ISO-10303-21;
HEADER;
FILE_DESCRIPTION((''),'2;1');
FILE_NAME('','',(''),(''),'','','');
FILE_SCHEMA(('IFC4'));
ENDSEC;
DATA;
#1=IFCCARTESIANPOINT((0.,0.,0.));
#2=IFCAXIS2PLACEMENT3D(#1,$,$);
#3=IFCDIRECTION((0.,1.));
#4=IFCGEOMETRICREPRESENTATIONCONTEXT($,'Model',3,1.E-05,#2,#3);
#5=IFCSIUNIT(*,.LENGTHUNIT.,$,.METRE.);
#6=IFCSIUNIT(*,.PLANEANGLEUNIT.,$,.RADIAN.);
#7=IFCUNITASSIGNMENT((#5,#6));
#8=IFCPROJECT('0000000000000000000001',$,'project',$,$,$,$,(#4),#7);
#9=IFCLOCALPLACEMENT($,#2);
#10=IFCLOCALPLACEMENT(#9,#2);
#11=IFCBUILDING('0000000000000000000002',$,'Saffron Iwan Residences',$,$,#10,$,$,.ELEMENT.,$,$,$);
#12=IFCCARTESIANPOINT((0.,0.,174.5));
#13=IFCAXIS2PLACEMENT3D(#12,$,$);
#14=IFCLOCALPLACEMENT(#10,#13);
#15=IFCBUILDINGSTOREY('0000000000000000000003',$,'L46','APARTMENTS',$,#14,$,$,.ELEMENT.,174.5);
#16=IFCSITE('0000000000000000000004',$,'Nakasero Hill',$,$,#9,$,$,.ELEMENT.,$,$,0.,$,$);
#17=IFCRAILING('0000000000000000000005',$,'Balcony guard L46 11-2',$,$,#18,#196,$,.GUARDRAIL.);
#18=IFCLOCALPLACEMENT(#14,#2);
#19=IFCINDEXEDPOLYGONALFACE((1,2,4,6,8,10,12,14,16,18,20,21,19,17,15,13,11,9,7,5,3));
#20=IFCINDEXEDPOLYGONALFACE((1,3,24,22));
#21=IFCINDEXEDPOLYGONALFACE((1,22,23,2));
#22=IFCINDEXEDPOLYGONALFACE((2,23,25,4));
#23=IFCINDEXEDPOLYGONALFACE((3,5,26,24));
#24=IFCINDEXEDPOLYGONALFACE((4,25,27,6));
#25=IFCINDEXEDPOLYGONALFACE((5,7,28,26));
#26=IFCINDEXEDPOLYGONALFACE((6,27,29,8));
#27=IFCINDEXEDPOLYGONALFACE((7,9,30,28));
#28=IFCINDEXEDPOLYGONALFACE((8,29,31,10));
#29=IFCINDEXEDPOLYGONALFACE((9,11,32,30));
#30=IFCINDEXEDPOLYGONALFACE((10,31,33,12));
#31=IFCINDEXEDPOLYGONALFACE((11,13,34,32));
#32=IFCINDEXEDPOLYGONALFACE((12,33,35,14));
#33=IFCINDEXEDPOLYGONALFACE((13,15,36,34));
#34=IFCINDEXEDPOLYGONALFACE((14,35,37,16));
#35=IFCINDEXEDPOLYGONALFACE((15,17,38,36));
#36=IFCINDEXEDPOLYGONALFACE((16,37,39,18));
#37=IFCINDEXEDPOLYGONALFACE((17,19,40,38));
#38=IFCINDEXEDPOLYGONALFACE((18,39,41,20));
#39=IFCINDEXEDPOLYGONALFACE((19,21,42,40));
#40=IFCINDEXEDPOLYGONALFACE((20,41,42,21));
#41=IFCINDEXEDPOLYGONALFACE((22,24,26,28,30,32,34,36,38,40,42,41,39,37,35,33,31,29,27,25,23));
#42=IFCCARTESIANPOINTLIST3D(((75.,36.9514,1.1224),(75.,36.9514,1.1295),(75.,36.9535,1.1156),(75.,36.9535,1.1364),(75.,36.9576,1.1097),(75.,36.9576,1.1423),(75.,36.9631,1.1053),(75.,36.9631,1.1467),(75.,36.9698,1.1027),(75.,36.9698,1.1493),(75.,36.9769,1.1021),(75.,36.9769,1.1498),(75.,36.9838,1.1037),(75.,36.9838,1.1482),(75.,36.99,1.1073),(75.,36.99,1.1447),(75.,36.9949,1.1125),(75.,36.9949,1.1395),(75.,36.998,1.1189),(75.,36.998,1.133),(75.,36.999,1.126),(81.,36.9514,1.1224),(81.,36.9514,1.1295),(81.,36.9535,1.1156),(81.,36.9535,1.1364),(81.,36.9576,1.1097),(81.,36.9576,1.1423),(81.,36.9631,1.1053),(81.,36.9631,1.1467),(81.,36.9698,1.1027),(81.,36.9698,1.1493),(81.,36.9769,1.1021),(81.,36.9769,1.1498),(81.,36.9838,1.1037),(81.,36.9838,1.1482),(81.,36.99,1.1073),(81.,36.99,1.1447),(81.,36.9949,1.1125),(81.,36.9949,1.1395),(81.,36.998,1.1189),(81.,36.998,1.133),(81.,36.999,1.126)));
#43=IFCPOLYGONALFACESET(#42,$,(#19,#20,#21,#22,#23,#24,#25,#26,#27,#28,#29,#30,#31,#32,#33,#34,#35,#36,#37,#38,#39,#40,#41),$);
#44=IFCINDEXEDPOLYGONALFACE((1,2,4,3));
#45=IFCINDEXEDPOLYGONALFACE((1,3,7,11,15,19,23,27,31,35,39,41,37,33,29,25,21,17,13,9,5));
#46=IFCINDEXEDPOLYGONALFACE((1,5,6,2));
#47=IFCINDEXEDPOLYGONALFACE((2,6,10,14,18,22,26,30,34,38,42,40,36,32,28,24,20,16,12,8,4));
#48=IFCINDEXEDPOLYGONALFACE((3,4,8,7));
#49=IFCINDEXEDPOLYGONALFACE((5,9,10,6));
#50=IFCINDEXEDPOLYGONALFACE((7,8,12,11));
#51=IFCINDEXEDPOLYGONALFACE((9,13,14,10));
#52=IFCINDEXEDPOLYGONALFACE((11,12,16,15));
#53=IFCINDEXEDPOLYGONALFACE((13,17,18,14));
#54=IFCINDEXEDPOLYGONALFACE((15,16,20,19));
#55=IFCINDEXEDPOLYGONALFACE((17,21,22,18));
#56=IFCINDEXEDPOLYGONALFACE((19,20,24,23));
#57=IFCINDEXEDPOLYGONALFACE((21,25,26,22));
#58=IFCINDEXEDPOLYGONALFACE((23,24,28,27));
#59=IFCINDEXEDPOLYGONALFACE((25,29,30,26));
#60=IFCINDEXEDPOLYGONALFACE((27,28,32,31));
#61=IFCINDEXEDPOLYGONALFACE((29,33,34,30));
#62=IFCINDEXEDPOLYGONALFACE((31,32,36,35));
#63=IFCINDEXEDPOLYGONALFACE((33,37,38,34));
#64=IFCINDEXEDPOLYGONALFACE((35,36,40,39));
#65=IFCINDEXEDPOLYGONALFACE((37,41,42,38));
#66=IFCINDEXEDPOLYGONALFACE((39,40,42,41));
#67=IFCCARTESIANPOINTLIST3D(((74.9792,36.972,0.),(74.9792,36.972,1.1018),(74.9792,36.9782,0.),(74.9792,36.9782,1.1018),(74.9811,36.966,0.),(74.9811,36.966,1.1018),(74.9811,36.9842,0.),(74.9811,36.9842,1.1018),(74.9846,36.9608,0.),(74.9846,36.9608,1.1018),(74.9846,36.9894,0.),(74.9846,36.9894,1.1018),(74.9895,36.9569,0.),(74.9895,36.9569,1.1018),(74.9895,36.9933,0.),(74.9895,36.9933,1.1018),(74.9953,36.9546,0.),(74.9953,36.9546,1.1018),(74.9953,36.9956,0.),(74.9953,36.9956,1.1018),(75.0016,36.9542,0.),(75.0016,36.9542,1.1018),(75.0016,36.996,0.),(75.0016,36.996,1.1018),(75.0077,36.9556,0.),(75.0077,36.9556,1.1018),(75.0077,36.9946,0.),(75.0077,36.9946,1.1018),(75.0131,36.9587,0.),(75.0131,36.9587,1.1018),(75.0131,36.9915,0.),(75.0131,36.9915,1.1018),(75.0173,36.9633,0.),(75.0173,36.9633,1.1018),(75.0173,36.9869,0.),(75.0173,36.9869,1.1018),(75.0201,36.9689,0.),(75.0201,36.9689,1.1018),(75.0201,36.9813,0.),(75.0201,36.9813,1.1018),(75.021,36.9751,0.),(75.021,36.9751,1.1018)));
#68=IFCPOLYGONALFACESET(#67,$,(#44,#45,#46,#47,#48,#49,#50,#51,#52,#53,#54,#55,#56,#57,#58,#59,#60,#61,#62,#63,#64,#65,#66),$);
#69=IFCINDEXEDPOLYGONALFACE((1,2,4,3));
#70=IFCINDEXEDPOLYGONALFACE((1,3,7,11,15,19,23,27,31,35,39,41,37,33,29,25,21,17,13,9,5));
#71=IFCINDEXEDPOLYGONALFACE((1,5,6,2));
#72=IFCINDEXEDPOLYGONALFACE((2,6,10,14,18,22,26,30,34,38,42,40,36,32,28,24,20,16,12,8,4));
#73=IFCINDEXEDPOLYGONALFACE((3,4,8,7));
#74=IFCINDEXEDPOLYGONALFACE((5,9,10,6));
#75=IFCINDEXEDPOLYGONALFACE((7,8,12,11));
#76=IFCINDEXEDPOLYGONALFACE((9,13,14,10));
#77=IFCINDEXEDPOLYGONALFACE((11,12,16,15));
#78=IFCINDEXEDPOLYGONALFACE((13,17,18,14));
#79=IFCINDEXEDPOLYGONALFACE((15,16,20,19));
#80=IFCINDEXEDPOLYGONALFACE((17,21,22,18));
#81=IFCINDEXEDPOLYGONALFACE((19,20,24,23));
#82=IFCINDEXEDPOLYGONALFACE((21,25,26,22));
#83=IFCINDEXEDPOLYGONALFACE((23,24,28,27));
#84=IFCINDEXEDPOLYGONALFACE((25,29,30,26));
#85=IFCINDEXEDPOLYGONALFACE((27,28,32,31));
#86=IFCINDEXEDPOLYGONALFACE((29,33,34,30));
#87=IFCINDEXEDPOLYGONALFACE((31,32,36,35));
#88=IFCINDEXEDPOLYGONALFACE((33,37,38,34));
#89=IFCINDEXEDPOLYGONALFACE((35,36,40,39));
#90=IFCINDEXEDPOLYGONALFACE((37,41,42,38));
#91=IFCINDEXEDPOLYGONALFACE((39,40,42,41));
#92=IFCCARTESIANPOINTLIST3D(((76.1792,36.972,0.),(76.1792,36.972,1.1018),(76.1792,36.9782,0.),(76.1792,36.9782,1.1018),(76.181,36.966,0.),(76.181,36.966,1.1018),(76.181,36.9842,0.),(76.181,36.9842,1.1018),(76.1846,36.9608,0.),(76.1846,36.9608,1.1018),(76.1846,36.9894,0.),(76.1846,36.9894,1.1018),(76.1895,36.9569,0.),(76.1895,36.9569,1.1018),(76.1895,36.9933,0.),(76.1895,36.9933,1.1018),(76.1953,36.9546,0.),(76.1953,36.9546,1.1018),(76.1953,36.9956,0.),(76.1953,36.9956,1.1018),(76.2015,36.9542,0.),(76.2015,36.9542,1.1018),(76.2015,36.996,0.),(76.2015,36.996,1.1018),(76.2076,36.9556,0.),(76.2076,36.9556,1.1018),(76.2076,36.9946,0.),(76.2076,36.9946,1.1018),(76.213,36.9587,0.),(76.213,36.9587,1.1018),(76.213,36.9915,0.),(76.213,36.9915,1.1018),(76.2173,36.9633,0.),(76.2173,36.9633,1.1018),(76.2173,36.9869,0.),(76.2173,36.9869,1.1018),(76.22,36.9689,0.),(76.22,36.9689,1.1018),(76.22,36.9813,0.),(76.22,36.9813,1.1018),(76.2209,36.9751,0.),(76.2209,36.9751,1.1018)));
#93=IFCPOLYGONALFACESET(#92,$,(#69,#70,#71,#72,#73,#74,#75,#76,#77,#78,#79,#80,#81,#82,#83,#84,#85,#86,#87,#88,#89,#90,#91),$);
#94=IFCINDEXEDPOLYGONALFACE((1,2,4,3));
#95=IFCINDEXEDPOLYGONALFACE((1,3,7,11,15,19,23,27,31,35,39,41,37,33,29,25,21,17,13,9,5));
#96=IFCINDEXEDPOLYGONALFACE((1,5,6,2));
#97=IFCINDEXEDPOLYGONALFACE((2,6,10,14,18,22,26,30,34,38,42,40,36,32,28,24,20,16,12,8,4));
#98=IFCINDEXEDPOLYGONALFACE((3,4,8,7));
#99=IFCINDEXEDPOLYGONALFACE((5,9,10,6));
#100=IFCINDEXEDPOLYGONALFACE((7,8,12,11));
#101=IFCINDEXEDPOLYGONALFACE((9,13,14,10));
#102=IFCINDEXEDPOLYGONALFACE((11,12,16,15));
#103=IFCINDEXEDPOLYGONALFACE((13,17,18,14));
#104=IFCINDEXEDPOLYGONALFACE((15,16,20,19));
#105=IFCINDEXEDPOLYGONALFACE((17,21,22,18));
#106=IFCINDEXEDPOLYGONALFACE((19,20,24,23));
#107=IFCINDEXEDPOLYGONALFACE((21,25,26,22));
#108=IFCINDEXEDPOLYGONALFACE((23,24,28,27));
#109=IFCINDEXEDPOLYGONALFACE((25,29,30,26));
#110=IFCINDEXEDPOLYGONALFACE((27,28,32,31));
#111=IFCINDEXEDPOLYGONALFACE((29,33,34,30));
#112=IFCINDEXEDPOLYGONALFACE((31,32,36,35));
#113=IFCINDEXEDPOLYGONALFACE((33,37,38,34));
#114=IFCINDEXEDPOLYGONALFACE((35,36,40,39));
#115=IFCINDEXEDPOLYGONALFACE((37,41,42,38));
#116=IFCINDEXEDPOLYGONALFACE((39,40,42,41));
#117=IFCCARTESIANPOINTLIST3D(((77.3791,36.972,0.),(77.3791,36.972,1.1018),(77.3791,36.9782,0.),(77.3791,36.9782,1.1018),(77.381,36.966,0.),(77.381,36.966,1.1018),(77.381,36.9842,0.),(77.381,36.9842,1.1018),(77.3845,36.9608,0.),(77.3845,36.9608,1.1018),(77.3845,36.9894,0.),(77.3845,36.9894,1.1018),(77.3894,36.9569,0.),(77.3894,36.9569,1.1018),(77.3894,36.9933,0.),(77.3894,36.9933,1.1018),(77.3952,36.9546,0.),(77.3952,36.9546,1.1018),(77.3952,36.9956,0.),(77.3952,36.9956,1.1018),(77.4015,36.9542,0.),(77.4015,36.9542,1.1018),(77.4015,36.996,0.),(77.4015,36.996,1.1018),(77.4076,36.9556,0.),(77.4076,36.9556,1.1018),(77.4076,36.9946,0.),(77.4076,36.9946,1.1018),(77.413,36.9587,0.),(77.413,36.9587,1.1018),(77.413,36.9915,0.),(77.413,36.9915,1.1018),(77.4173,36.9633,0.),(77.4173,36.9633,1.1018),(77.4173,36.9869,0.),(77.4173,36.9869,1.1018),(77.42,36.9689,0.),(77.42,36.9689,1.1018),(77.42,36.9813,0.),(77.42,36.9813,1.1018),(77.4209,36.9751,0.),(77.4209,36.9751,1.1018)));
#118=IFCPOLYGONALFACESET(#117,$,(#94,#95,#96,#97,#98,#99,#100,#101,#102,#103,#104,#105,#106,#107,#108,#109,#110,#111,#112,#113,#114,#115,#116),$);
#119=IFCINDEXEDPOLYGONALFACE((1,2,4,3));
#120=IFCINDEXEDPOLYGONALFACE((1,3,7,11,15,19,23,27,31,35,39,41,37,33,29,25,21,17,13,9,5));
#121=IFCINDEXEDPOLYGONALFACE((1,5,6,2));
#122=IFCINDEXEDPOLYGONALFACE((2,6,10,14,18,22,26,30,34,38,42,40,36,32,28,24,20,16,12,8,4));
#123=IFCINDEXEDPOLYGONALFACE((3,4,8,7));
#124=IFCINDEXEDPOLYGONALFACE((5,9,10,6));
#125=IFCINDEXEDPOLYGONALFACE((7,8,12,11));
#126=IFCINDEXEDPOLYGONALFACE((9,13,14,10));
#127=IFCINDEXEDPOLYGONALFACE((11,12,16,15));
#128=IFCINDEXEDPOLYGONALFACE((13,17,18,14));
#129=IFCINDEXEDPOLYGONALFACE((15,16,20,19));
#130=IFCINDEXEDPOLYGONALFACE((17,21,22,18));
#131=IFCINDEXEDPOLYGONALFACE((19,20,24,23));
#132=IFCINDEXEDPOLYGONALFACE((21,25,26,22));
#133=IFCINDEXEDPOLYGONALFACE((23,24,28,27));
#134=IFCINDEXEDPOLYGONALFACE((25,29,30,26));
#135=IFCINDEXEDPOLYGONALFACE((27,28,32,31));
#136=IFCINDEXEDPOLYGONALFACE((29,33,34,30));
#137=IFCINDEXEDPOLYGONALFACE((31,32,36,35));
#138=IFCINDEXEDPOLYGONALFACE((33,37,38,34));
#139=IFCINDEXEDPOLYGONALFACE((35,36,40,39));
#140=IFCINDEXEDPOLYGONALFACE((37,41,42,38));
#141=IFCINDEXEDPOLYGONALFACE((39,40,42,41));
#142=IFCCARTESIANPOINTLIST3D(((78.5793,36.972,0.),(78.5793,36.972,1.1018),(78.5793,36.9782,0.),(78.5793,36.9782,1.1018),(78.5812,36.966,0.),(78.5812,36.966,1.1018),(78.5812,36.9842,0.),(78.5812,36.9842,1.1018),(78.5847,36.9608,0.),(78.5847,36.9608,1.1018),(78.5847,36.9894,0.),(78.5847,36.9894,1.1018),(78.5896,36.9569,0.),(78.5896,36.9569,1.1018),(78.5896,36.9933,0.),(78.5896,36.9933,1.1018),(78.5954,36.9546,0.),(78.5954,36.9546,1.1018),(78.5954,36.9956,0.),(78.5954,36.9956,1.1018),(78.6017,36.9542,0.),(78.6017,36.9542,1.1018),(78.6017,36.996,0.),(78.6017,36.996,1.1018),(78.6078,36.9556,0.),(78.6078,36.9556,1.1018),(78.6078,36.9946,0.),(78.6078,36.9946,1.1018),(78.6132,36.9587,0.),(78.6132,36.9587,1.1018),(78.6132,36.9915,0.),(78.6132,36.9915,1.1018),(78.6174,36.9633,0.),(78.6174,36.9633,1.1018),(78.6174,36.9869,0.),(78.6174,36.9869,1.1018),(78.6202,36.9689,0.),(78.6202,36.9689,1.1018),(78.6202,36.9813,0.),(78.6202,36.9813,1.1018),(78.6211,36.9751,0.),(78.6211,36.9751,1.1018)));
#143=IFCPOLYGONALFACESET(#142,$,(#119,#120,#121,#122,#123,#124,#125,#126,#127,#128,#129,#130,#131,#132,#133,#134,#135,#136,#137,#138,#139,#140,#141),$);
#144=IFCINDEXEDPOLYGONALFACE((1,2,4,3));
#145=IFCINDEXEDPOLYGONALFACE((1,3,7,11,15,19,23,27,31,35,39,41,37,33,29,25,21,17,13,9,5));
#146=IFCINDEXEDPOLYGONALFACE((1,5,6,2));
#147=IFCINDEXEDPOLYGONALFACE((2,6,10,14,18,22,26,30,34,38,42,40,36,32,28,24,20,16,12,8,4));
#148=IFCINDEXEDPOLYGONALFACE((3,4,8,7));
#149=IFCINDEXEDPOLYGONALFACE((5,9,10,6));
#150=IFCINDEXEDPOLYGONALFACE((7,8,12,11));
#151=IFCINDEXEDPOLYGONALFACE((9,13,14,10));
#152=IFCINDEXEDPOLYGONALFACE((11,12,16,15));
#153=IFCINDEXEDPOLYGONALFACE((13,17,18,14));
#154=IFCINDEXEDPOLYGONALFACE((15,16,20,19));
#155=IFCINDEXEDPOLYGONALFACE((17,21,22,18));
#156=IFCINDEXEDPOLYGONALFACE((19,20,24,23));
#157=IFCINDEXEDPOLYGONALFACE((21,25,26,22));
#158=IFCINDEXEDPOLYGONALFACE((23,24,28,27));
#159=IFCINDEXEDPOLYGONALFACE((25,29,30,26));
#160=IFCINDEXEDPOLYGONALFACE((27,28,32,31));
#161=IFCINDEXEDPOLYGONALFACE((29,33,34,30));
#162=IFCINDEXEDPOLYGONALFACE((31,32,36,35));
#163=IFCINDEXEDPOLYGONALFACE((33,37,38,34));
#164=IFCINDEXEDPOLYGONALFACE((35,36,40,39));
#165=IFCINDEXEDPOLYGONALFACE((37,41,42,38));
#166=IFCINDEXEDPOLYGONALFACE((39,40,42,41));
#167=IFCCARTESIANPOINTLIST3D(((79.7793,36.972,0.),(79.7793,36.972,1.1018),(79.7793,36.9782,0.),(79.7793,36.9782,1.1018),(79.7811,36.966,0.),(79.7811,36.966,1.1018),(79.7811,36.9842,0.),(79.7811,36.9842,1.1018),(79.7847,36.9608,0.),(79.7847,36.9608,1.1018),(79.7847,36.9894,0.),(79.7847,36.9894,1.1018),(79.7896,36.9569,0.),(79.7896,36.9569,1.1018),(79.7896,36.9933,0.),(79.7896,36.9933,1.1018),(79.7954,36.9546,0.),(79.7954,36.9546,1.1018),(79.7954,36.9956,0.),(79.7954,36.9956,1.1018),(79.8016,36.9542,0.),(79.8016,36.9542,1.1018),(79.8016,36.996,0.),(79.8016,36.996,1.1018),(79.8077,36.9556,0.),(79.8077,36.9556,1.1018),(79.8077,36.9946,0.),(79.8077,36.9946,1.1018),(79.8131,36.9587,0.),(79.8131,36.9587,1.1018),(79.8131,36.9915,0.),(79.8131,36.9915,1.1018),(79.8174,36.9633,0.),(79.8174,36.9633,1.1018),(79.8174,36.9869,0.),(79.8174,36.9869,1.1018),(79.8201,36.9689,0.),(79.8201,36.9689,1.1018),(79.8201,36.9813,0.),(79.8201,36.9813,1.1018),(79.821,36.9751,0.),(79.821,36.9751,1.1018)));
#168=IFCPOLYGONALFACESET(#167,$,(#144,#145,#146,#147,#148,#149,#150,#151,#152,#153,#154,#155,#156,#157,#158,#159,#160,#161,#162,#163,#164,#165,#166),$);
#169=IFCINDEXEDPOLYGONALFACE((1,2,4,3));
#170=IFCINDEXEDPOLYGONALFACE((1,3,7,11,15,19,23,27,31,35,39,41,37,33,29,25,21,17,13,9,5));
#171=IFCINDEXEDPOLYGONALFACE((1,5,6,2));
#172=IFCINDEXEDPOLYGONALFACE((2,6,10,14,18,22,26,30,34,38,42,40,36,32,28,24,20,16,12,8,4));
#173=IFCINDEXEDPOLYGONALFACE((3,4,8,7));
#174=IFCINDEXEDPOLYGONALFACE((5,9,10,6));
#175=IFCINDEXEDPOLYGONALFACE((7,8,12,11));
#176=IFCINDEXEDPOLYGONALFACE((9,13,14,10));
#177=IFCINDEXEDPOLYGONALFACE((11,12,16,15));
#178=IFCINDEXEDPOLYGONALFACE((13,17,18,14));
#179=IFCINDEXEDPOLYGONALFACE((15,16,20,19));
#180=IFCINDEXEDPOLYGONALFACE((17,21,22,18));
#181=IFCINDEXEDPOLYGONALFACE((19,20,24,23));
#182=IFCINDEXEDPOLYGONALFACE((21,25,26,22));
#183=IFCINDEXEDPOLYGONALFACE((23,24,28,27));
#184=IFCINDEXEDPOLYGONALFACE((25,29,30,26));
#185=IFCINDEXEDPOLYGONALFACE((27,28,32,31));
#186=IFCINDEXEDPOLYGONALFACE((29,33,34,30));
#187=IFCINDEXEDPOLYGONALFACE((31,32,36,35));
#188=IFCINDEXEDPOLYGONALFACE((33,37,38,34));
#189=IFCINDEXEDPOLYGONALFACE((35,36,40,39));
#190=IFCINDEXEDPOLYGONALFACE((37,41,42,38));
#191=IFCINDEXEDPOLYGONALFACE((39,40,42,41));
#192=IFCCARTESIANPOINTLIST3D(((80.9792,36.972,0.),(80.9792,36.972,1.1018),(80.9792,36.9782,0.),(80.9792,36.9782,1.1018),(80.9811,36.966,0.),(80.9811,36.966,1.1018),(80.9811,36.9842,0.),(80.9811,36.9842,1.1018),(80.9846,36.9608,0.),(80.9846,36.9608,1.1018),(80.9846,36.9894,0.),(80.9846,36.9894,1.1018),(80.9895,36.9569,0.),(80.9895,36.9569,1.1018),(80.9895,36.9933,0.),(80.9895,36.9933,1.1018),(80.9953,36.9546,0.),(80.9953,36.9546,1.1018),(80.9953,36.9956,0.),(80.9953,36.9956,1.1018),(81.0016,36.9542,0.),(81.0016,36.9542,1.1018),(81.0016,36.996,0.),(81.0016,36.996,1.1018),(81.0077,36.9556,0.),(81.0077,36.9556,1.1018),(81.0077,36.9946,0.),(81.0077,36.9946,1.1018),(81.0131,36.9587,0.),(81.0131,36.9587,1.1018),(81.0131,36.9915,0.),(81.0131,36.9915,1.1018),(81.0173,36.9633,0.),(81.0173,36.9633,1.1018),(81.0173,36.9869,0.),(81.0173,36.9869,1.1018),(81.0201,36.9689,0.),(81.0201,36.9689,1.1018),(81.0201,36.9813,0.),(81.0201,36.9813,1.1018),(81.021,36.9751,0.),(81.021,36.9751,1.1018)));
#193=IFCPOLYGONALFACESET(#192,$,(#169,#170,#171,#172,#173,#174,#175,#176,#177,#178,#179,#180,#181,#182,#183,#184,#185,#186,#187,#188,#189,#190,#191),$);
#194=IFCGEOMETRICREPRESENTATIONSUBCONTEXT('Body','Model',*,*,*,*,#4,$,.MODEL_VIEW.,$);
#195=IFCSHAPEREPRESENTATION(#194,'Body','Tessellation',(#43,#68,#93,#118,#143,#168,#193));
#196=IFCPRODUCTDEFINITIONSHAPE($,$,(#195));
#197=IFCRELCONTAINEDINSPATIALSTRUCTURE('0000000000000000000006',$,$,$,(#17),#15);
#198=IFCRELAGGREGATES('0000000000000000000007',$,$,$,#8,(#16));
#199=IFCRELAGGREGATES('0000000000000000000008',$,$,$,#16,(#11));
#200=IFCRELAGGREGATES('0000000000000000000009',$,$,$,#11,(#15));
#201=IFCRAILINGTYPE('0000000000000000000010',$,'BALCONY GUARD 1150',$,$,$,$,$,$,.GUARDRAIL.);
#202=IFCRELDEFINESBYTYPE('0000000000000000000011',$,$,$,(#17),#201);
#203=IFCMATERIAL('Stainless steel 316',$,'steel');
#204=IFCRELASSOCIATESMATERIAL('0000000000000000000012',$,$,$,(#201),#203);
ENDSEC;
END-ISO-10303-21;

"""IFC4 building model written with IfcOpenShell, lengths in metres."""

from ifc_helpers import new_model, si_unit, direction, frame, origin, origin_2d, place, context, subcontext, project, spatial, circle, extrude, material, type_object, element, save


model = new_model("IFC4")

# Units and contexts
model_context = context("Model", 3, precision=1e-05, world=origin(), true_north=direction((0.0, 1.0)))
body_context = subcontext(model_context, "Body", "Model", "MODEL_VIEW")
ifc_project = project(units=[si_unit("LENGTHUNIT", "METRE"), si_unit("PLANEANGLEUNIT", "RADIAN")], contexts=[model_context])

# Site, building, storey
site_placement = place(None, origin())
site = spatial("IfcSite", under=ifc_project, at=site_placement, Name="Nakasero Hill", CompositionType="ELEMENT", RefElevation=0.0)
building_placement = place(site_placement, origin())
building = spatial("IfcBuilding", under=site, at=building_placement, Name="Saffron Iwan Residences", CompositionType="ELEMENT")
storey_placement = place(building_placement, frame((0.0, 0.0, 174.5)))
storey = spatial("IfcBuildingStorey", under=building, at=storey_placement, Name="L46", Description="APARTMENTS", CompositionType="ELEMENT", Elevation=174.5)

# Railing
ifc_material_1 = material(Name="Stainless steel 316", Category="steel")
railing_type = type_object("IfcRailingType", Name="BALCONY GUARD 1150", PredefinedType="GUARDRAIL", material=ifc_material_1)
railing_placement = place(storey_placement, frame((75.0, 36.9751, 0.0)))
element("IfcRailing", 1, at=railing_placement, inside=storey, type_object=railing_type, Name="Balcony guard L46 11-2", PredefinedType="GUARDRAIL", context=body_context, shape_type="SweptSolid", body=[
    extrude(circle(Radius=0.0239, at=origin_2d()), frame((0.0, 0.0, 1.126), z_axis=(1.0, 0.0, 0.0), x_axis=(0.0, 1.0, 0.0)), (0.0, 0.0, 1.0), 6.0),
    extrude(circle(Radius=0.021, at=origin_2d()), origin(), (0.0, 0.0, 1.0), 1.1018),
    extrude(circle(Radius=0.021, at=origin_2d()), frame((1.2, 0.0, 0.0)), (0.0, 0.0, 1.0), 1.1018),
    extrude(circle(Radius=0.021, at=origin_2d()), frame((2.3999, 0.0, 0.0)), (0.0, 0.0, 1.0), 1.1018),
    extrude(circle(Radius=0.021, at=origin_2d()), frame((3.6001, 0.0, 0.0)), (0.0, 0.0, 1.0), 1.1018),
    extrude(circle(Radius=0.021, at=origin_2d()), frame((4.8, 0.0, 0.0)), (0.0, 0.0, 1.0), 1.1018),
    extrude(circle(Radius=0.021, at=origin_2d()), frame((6.0, 0.0, 0.0)), (0.0, 0.0, 1.0), 1.1018),
])

save(model, "model.ifc")
